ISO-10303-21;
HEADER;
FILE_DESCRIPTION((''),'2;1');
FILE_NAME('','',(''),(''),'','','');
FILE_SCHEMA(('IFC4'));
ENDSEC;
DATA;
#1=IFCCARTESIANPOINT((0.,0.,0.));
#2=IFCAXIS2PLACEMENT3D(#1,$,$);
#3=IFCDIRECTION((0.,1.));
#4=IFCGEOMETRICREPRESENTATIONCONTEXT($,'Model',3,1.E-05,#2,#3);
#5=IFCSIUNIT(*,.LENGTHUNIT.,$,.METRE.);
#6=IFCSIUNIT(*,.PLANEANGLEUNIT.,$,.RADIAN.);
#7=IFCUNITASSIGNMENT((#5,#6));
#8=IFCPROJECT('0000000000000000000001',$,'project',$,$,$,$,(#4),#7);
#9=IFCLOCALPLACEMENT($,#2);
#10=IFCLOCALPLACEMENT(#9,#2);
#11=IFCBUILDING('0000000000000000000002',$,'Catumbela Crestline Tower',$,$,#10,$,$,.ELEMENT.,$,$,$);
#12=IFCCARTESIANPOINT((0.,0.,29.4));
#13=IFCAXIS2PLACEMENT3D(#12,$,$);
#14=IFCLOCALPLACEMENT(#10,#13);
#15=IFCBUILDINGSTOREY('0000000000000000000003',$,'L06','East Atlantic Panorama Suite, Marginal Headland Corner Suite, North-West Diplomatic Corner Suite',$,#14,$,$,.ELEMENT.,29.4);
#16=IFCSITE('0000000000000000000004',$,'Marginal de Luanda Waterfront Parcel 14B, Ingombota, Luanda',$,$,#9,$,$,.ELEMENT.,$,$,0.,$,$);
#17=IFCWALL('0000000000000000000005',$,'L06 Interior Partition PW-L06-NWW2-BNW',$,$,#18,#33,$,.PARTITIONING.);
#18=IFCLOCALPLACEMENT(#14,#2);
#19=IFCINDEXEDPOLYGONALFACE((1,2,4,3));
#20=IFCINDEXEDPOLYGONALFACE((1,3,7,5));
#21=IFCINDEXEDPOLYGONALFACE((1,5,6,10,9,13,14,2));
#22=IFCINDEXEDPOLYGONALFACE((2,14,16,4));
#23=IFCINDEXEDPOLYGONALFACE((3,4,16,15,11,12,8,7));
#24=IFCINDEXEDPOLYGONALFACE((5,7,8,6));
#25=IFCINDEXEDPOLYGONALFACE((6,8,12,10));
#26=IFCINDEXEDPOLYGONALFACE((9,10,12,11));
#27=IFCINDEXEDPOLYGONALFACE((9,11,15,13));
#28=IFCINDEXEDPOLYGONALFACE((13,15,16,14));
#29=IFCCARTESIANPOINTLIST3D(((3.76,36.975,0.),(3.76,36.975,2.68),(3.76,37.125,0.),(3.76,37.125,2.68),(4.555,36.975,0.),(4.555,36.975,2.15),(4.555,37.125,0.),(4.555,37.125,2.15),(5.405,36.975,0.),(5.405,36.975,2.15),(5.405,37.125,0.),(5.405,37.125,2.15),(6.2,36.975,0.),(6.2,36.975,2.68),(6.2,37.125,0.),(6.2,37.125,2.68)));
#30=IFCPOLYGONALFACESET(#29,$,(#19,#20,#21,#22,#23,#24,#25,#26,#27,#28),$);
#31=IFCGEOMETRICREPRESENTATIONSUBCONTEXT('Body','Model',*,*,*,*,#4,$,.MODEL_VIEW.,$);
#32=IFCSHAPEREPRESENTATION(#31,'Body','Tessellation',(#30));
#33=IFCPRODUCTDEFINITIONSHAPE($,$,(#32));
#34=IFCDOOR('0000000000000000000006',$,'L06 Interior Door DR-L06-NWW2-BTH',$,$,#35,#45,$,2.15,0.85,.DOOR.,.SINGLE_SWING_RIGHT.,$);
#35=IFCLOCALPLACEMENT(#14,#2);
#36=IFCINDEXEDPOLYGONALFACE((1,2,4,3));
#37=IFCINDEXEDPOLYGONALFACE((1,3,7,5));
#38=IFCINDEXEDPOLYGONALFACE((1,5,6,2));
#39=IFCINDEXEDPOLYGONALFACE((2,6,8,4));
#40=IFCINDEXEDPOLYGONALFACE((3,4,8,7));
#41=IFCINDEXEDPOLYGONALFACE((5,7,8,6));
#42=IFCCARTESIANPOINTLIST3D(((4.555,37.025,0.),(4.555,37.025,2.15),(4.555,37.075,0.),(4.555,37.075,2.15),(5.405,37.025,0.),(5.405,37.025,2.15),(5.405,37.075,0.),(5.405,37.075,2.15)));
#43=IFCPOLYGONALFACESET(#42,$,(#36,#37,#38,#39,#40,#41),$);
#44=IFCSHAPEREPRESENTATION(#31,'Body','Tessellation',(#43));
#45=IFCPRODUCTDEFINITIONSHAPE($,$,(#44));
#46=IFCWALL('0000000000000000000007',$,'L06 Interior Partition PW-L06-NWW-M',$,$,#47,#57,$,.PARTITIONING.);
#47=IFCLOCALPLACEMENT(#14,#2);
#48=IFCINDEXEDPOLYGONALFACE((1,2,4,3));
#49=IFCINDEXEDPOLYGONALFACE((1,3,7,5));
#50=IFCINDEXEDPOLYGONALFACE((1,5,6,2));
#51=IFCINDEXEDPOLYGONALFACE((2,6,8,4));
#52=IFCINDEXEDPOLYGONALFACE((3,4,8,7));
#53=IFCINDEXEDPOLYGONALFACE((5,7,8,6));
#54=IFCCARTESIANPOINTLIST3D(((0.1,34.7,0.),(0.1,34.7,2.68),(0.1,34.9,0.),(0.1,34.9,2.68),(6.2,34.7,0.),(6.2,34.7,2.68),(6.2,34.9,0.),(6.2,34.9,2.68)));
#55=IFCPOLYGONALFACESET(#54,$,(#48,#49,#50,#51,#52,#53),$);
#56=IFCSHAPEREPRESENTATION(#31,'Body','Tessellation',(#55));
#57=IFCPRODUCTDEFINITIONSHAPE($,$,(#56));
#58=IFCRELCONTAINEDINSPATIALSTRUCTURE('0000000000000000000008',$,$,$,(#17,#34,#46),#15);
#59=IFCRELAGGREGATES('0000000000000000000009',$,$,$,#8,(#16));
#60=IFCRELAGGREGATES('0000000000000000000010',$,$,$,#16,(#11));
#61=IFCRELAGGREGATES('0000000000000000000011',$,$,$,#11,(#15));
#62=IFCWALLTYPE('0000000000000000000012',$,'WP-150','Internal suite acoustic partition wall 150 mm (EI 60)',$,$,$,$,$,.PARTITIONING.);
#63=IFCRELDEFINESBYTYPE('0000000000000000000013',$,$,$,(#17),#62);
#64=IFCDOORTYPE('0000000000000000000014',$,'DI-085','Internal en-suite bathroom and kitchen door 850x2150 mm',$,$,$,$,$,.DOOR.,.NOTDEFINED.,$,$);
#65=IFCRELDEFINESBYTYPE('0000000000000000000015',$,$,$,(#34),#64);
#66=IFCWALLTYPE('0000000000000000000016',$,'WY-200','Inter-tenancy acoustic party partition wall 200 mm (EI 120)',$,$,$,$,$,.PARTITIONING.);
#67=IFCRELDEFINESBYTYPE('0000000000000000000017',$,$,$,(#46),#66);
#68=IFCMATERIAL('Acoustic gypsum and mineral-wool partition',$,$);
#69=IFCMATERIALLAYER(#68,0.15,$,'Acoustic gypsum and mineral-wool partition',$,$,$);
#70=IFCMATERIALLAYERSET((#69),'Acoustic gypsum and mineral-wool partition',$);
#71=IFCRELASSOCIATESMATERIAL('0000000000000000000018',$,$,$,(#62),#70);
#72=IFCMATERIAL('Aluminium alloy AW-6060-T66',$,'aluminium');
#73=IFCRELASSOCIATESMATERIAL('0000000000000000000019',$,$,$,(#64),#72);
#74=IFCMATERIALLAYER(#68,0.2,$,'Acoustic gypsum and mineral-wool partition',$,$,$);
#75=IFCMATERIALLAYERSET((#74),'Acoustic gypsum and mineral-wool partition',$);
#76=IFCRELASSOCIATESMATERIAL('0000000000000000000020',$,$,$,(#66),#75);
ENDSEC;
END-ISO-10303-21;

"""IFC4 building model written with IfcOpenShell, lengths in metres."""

from ifc_helpers import new_model, si_unit, direction, frame, frame_2d, origin, place, context, subcontext, project, spatial, rectangle, extrude, material, layer, layer_set, type_object, element, fill, save


model = new_model("IFC4")

# Units and contexts
model_context = context("Model", 3, precision=1e-05, world=origin(), true_north=direction((0.0, 1.0)))
body_context = subcontext(model_context, "Body", "Model", "MODEL_VIEW")
ifc_project = project(units=[si_unit("LENGTHUNIT", "METRE"), si_unit("PLANEANGLEUNIT", "RADIAN")], contexts=[model_context])

# Site, building, storey
site_placement = place(None, origin())
site = spatial("IfcSite", under=ifc_project, at=site_placement, Name="Marginal de Luanda Waterfront Parcel 14B, Ingombota, Luanda", CompositionType="ELEMENT", RefElevation=0.0)
building_placement = place(site_placement, origin())
building = spatial("IfcBuilding", under=site, at=building_placement, Name="Catumbela Crestline Tower", CompositionType="ELEMENT")
storey_placement = place(building_placement, frame((0.0, 0.0, 29.4)))
storey = spatial("IfcBuildingStorey", under=building, at=storey_placement, Name="L06", Description="East Atlantic Panorama Suite, Marginal Headland Corner Suite, North-West Diplomatic Corner Suite", CompositionType="ELEMENT", Elevation=29.4)

# Shared definitions
ifc_material_1 = material(Name="Aluminium alloy AW-6060-T66", Category="aluminium")

# Shared definitions
ifc_material_2 = material(Name="Acoustic gypsum and mineral-wool partition")

# Shared definitions
ifc_layer_1 = layer(ifc_material_2, 0.15, Name="Acoustic gypsum and mineral-wool partition")
ifc_layer_set_1 = layer_set([ifc_layer_1], Name="Acoustic gypsum and mineral-wool partition")
wall_type_1 = type_object("IfcWallType", Name="WP-150", Description="Internal suite acoustic partition wall 150 mm (EI 60)", PredefinedType="PARTITIONING", material=ifc_layer_set_1)

# Wall, opening, door
wall_1_placement = place(storey_placement, frame((3.76, 37.05, 0.0), z_axis=(0.0, 0.0, 1.0), x_axis=(1.0, 0.0, 0.0)))
wall_1 = element("IfcWall", 1, at=wall_1_placement, inside=storey, type_object=wall_type_1, Name="L06 Interior Partition PW-L06-NWW2-BNW", PredefinedType="PARTITIONING", context=body_context, shape_type="SweptSolid", body=[
    extrude(rectangle(XDim=2.44, YDim=0.15, at=frame_2d((1.22, 0.0))), origin(), (0.0, 0.0, 1.0), 2.68),
])
opening_1_placement = place(wall_1_placement, frame((0.795, 0.0, 0.0)))
opening_1 = element("IfcOpeningElement", 2, at=opening_1_placement, cuts=wall_1, PredefinedType="OPENING", context=body_context, shape_type="SweptSolid", body=[
    extrude(rectangle(XDim=0.85, YDim=2.15, at=frame_2d((0.425, 1.075))), frame((0.0, 0.085, 0.0), z_axis=(0.0, -1.0, 0.0), x_axis=(1.0, 0.0, 0.0)), (0.0, 0.0, 1.0), 0.17),
])
door_type_1 = type_object("IfcDoorType", Name="DI-085", Description="Internal en-suite bathroom and kitchen door 850x2150 mm", OperationType="NOTDEFINED", PredefinedType="DOOR", material=ifc_material_1)
door_1_placement = place(opening_1_placement, origin())
door_1 = element("IfcDoor", 3, at=door_1_placement, inside=storey, type_object=door_type_1, Name="L06 Interior Door DR-L06-NWW2-BTH", OperationType="SINGLE_SWING_RIGHT", OverallHeight=2.15, OverallWidth=0.85, PredefinedType="DOOR", context=body_context, shape_type="SweptSolid", body=[
    extrude(rectangle(XDim=0.85, YDim=2.15, at=frame_2d((0.425, 1.075))), frame((0.0, 0.025, 0.0), z_axis=(0.0, -1.0, 0.0), x_axis=(1.0, 0.0, 0.0)), (0.0, 0.0, 1.0), 0.05),
])
fill(opening_1, door_1)

# Wall
ifc_layer_2 = layer(ifc_material_2, 0.2, Name="Acoustic gypsum and mineral-wool partition")
ifc_layer_set_2 = layer_set([ifc_layer_2], Name="Acoustic gypsum and mineral-wool partition")
wall_type_2 = type_object("IfcWallType", Name="WY-200", Description="Inter-tenancy acoustic party partition wall 200 mm (EI 120)", PredefinedType="PARTITIONING", material=ifc_layer_set_2)
wall_2_placement = place(storey_placement, frame((0.1, 34.8, 0.0), z_axis=(0.0, 0.0, 1.0), x_axis=(1.0, 0.0, 0.0)))
element("IfcWall", 4, at=wall_2_placement, inside=storey, type_object=wall_type_2, Name="L06 Interior Partition PW-L06-NWW-M", PredefinedType="PARTITIONING", context=body_context, shape_type="SweptSolid", body=[
    extrude(rectangle(XDim=6.1, YDim=0.2, at=frame_2d((3.05, 0.0))), origin(), (0.0, 0.0, 1.0), 2.68),
])

save(model, "model.ifc")
